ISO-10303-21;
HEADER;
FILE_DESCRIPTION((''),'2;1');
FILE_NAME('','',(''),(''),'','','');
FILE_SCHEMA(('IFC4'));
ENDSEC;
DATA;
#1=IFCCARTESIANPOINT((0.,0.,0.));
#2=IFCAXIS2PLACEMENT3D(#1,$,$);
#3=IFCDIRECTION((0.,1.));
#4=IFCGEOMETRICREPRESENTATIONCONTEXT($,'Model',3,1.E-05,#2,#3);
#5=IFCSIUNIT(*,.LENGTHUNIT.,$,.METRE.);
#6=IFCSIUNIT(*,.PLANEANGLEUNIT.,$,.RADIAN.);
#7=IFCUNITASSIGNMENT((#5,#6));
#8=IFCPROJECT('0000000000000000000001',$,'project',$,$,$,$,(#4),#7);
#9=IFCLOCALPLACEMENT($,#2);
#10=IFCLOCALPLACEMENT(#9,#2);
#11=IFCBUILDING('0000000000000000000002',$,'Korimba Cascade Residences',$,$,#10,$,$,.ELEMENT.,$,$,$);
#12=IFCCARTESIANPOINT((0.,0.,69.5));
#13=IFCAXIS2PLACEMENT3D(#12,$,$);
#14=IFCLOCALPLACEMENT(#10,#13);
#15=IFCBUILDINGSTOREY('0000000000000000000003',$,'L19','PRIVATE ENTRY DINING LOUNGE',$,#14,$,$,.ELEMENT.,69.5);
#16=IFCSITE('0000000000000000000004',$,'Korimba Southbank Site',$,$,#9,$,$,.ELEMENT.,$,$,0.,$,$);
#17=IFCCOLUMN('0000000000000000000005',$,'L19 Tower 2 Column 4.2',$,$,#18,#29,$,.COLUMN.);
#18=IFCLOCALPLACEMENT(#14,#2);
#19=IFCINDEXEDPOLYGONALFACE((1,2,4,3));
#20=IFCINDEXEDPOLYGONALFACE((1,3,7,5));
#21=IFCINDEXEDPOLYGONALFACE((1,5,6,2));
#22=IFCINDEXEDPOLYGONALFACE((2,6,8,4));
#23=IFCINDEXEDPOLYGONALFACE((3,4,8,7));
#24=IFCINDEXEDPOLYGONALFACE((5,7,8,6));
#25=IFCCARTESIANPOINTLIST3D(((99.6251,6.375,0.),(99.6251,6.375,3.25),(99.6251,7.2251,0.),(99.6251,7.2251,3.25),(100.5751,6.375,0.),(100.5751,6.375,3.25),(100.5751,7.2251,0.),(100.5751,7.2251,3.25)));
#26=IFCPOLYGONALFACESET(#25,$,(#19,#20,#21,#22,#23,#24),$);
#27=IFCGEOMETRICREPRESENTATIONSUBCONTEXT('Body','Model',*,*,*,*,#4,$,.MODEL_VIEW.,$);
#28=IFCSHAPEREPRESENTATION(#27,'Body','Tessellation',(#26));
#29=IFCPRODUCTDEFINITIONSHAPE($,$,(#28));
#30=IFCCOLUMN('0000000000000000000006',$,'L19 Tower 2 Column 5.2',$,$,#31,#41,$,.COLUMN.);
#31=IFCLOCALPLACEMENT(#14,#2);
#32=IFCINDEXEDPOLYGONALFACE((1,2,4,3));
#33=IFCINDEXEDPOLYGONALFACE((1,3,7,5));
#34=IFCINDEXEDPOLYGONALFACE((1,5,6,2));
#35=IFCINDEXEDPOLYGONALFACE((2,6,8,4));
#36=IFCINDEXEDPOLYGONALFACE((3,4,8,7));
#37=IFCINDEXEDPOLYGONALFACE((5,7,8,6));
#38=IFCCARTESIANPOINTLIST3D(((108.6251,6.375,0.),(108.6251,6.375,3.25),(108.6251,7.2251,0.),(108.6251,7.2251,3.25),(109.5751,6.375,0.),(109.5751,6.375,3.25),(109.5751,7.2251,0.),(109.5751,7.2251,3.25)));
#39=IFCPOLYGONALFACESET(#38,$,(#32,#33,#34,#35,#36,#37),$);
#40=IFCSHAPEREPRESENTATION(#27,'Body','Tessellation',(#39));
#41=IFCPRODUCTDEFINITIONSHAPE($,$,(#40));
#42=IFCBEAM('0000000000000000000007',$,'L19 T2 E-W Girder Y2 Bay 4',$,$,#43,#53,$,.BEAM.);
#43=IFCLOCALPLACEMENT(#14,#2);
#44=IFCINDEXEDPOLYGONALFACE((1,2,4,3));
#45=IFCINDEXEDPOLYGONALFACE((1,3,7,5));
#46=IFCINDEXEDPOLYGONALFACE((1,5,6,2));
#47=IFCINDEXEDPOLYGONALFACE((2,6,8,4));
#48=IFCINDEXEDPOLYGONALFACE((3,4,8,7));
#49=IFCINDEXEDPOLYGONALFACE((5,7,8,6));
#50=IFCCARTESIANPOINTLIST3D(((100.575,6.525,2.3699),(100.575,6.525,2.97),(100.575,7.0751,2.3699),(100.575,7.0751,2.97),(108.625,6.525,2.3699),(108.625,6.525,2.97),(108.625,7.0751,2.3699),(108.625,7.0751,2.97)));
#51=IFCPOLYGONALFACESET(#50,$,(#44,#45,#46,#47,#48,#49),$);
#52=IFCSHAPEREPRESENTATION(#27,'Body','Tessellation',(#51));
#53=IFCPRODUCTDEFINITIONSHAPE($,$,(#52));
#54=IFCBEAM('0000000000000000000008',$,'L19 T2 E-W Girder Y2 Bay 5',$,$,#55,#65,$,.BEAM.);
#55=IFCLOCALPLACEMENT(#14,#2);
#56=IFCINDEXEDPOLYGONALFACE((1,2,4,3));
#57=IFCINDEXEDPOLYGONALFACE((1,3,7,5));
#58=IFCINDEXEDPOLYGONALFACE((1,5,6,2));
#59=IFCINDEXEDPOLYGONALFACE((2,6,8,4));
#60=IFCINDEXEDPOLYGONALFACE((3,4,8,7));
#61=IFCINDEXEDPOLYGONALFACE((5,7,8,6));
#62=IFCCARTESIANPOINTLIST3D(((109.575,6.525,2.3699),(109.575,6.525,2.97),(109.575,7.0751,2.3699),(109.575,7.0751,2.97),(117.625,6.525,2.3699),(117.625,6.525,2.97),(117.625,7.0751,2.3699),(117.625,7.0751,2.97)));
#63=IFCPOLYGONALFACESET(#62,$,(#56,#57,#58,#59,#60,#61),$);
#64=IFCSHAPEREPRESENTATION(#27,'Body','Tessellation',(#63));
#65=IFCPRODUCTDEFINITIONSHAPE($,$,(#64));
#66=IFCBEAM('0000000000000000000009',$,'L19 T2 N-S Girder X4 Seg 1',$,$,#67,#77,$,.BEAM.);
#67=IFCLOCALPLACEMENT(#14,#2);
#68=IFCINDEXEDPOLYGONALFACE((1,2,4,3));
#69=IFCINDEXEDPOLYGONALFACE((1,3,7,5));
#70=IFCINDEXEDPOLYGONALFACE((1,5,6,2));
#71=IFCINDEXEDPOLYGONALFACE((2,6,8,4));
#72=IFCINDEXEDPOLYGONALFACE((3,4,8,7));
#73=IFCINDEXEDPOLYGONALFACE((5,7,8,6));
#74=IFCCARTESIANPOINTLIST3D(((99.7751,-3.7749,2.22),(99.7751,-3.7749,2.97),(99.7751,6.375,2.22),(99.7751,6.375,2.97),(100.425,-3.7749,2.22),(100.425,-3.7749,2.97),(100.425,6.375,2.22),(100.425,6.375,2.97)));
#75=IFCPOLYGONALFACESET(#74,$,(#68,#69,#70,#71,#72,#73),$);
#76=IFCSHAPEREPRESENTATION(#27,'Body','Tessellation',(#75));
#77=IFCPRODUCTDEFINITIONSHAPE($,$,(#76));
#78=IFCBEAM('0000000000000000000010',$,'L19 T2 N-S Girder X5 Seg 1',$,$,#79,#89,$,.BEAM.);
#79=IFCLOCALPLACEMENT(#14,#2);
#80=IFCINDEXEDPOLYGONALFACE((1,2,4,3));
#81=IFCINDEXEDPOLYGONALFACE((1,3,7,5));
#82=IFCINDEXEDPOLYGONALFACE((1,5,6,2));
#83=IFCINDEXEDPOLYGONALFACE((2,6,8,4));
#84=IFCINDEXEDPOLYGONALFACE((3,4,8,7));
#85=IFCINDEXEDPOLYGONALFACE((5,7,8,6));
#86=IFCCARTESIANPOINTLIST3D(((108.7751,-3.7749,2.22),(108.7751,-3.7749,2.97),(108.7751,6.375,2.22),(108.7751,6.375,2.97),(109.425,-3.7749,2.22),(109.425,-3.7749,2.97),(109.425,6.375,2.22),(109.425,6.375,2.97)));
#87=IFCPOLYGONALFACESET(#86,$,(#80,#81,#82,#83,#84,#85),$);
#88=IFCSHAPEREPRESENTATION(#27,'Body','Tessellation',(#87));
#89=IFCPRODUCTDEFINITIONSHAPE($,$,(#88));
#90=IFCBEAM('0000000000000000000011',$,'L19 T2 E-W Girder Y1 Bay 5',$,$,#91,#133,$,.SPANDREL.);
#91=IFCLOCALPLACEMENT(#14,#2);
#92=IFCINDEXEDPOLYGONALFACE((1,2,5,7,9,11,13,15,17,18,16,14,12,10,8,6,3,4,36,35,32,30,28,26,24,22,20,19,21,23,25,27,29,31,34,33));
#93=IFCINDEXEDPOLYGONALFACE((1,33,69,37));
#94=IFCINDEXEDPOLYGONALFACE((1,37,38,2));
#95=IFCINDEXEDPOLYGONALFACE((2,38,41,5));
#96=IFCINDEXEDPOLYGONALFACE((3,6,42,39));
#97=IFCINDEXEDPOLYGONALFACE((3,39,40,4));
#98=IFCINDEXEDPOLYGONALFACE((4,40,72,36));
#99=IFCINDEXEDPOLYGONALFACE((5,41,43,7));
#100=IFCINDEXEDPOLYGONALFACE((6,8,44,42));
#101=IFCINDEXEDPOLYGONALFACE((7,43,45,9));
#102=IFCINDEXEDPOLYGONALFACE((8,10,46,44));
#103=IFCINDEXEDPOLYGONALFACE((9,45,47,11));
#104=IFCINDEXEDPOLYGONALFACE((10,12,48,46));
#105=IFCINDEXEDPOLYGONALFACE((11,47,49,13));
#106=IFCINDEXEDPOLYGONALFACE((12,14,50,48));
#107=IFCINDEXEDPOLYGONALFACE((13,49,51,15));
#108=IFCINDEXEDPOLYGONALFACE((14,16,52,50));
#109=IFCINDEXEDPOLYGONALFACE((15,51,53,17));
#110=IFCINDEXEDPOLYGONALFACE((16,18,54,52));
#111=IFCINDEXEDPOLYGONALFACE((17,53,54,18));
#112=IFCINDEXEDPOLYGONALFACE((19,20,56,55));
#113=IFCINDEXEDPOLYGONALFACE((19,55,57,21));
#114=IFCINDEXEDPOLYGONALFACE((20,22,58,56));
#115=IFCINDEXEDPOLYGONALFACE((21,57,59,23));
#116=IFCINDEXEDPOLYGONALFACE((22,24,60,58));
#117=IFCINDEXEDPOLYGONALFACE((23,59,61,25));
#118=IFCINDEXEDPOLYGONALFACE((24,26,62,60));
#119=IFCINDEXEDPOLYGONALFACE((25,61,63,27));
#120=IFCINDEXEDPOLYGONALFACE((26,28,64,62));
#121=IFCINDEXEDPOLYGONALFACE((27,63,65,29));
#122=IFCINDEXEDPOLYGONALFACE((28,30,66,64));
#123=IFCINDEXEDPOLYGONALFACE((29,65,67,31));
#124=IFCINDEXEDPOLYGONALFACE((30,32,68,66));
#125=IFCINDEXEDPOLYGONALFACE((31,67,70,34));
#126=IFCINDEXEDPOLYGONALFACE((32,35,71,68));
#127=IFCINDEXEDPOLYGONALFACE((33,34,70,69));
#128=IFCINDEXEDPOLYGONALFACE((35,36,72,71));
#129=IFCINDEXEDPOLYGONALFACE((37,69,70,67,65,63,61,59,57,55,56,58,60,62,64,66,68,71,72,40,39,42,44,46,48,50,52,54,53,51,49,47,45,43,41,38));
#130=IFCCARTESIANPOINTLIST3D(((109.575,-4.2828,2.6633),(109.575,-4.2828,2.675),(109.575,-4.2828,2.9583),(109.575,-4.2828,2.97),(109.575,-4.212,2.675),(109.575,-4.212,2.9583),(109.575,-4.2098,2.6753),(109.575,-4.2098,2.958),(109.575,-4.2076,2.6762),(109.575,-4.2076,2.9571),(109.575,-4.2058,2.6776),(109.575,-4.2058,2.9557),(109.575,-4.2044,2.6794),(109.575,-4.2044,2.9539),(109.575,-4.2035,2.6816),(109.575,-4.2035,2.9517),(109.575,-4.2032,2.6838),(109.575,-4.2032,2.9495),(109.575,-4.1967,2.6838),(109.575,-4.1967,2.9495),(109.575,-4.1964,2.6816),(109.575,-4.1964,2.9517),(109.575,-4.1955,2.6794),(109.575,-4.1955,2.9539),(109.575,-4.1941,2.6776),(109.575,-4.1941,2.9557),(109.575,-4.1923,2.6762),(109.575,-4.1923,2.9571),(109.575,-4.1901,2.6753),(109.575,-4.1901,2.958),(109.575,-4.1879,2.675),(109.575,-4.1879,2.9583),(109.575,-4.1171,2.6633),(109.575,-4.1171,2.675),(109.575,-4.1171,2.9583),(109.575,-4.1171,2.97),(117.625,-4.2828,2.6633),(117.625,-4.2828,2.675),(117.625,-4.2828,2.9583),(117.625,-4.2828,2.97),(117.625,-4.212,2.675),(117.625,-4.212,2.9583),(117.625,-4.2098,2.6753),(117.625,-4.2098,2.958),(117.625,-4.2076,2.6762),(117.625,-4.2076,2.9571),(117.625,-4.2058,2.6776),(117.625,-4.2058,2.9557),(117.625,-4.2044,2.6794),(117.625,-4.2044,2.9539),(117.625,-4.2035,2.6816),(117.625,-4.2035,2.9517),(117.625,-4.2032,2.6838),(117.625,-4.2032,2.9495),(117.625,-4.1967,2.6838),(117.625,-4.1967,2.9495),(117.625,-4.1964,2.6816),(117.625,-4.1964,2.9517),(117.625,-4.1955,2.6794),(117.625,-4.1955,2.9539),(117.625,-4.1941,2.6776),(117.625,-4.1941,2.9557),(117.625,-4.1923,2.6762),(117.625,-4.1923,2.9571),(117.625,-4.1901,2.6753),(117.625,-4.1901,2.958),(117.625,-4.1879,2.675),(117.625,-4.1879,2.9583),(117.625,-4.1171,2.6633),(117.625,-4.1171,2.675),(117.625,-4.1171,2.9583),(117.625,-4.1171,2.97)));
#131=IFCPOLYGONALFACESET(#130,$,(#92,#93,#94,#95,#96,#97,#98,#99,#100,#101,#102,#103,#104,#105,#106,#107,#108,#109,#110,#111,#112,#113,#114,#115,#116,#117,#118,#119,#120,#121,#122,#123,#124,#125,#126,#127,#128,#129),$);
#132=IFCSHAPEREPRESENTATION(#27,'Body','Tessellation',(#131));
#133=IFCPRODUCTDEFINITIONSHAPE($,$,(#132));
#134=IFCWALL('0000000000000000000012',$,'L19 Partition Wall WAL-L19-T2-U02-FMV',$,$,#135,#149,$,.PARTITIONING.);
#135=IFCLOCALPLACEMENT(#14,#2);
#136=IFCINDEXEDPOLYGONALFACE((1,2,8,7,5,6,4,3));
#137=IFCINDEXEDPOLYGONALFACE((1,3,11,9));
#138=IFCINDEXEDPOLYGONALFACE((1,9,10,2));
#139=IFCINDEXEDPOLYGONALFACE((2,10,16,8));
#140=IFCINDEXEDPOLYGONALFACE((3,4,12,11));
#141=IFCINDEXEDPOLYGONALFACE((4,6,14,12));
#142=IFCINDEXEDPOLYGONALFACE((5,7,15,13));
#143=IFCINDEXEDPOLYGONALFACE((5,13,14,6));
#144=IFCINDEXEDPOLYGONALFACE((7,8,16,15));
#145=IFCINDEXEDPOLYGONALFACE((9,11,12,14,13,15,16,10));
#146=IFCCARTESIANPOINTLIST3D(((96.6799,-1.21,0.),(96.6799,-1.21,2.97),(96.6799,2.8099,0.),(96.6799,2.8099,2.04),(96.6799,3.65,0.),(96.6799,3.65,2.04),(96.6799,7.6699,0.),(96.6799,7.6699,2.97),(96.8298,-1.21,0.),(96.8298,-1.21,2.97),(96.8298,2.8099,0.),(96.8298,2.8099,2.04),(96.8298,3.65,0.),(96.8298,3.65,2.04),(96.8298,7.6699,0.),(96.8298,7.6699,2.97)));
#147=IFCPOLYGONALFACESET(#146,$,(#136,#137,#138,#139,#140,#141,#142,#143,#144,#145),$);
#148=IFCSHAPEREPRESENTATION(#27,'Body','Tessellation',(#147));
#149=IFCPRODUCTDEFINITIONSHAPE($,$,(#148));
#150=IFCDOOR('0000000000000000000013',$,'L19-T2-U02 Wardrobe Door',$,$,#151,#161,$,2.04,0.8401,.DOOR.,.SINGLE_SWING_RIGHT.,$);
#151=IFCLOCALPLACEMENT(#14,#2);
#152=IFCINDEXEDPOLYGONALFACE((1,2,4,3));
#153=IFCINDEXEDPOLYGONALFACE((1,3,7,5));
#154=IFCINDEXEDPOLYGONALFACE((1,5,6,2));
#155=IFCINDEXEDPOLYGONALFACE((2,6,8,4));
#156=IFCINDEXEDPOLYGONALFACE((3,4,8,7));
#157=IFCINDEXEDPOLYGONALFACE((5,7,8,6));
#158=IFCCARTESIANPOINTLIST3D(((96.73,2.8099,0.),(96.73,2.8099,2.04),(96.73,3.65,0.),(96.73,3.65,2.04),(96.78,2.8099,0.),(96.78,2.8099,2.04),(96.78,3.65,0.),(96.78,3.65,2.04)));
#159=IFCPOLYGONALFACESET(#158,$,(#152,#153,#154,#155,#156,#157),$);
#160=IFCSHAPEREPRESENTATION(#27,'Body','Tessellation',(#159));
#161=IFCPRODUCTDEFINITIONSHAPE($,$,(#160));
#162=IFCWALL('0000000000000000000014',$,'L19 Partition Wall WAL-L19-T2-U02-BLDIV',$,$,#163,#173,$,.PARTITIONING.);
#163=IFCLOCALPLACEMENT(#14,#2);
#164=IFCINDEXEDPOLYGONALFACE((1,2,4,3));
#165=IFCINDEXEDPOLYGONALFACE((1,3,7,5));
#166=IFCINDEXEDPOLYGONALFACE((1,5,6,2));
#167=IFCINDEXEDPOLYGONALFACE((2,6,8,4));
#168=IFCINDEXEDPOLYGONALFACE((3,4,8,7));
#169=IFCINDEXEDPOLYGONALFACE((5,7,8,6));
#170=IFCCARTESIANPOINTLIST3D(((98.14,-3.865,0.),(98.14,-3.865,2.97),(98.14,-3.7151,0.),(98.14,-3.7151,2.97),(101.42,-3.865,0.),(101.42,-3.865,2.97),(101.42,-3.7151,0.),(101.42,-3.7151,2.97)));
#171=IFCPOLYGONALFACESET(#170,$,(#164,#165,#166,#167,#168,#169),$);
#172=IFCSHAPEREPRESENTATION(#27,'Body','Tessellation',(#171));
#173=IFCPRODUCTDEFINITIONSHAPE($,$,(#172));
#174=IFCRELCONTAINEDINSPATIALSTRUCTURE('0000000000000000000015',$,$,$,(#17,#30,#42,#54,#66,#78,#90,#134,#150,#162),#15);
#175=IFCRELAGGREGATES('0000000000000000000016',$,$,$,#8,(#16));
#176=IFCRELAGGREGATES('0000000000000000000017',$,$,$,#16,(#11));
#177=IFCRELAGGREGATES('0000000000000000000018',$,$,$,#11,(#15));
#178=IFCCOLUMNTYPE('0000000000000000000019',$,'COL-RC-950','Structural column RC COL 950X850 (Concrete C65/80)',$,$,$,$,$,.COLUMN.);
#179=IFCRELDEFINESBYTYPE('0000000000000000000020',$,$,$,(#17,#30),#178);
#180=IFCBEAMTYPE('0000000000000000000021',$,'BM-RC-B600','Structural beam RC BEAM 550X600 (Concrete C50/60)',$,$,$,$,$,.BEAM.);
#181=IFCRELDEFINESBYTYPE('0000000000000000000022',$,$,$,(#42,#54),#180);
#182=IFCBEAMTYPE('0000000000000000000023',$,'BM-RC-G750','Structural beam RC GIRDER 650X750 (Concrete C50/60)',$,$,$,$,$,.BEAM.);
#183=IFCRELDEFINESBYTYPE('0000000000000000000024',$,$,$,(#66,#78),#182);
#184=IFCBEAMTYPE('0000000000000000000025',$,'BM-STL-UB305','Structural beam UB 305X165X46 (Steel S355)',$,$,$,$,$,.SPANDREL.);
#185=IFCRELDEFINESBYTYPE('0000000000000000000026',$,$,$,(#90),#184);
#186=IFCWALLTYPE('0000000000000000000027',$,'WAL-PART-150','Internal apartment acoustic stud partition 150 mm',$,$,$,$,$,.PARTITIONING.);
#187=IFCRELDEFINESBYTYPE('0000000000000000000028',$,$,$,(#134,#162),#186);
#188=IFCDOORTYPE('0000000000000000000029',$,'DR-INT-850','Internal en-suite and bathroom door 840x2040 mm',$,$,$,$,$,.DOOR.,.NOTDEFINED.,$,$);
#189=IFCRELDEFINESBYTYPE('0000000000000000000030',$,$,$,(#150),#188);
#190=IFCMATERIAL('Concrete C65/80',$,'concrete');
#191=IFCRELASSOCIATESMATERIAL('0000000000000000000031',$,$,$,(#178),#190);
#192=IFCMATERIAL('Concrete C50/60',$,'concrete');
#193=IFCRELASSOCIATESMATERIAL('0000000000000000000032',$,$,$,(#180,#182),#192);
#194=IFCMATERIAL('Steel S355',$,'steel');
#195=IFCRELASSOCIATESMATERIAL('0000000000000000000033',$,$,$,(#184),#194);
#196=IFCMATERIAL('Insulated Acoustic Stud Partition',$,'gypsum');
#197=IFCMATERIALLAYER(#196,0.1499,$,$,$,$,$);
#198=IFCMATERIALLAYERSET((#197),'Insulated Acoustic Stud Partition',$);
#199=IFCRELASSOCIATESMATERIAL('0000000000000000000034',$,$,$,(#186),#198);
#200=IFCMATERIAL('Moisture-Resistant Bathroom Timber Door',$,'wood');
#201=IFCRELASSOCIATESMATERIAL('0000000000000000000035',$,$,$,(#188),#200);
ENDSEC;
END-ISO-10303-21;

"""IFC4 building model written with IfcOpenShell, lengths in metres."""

from ifc_helpers import new_model, si_unit, direction, frame, frame_2d, origin, origin_2d, place, context, subcontext, project, spatial, rectangle, i_section, extrude, material, layer, layer_set, material_profile, profile_set, type_object, element, fill, save


model = new_model("IFC4")

# Units and contexts
model_context = context("Model", 3, precision=1e-05, world=origin(), true_north=direction((0.0, 1.0)))
body_context = subcontext(model_context, "Body", "Model", "MODEL_VIEW")
ifc_project = project(units=[si_unit("LENGTHUNIT", "METRE"), si_unit("PLANEANGLEUNIT", "RADIAN")], contexts=[model_context])

# Site, building, storey
site_placement = place(None, origin())
site = spatial("IfcSite", under=ifc_project, at=site_placement, Name="Korimba Southbank Site", CompositionType="ELEMENT", RefElevation=0.0)
building_placement = place(site_placement, origin())
building = spatial("IfcBuilding", under=site, at=building_placement, Name="Korimba Cascade Residences", CompositionType="ELEMENT")
storey_placement = place(building_placement, frame((0.0, 0.0, 69.5)))
storey = spatial("IfcBuildingStorey", under=building, at=storey_placement, Name="L19", Description="PRIVATE ENTRY DINING LOUNGE", CompositionType="ELEMENT", Elevation=69.5)

# Columns
ifc_material_1 = material(Name="Concrete C65/80", Category="concrete")
ifc_material_profile_1 = material_profile(ifc_material_1, rectangle(XDim=0.95, YDim=0.8501, at=origin_2d()), Name="Concrete C65/80")
ifc_profile_set_1 = profile_set([ifc_material_profile_1], Name="Concrete C65/80")
column_type = type_object("IfcColumnType", Name="COL-RC-950", Description="Structural column RC COL 950X850 (Concrete C65/80)", PredefinedType="COLUMN", material=ifc_profile_set_1)
for number, where, z_axis, x_axis, name in (
    (1, (100.1001, 6.8, 0.0), (0.0, 0.0, 1.0), (1.0, 0.0, 0.0), "L19 Tower 2 Column 4.2"),
    (2, (109.1001, 6.8, 0.0), (0.0, 0.0, 1.0), (1.0, 0.0, 0.0), "L19 Tower 2 Column 5.2"),
):
    element("IfcColumn", number, at=place(storey_placement, frame(where, z_axis=z_axis, x_axis=x_axis)), inside=storey, type_object=column_type, Name=name, PredefinedType="COLUMN", context=body_context, shape_type="SweptSolid", body=[
        extrude(rectangle(XDim=0.95, YDim=0.8501, at=origin_2d()), origin(), (0.0, 0.0, 1.0), 3.25),
    ])

# Beams
ifc_material_2 = material(Name="Concrete C50/60", Category="concrete")
ifc_material_profile_2 = material_profile(ifc_material_2, rectangle(XDim=0.55, YDim=0.6001, at=origin_2d()), Name="Concrete C50/60")
ifc_profile_set_2 = profile_set([ifc_material_profile_2], Name="Concrete C50/60")
beam_type_1 = type_object("IfcBeamType", Name="BM-RC-B600", Description="Structural beam RC BEAM 550X600 (Concrete C50/60)", PredefinedType="BEAM", material=ifc_profile_set_2)
for number, where, z_axis, x_axis, name in (
    (3, (100.575, 6.8, 2.6699), (1.0, 0.0, 0.0), (0.0, 1.0, 0.0), "L19 T2 E-W Girder Y2 Bay 4"),
    (4, (109.575, 6.8, 2.6699), (1.0, 0.0, 0.0), (0.0, 1.0, 0.0), "L19 T2 E-W Girder Y2 Bay 5"),
):
    element("IfcBeam", number, at=place(storey_placement, frame(where, z_axis=z_axis, x_axis=x_axis)), inside=storey, type_object=beam_type_1, Name=name, PredefinedType="BEAM", context=body_context, shape_type="SweptSolid", body=[
        extrude(rectangle(XDim=0.55, YDim=0.6001, at=origin_2d()), origin(), (0.0, 0.0, 1.0), 8.05),
    ])
ifc_material_profile_3 = material_profile(ifc_material_2, rectangle(XDim=0.6499, YDim=0.75, at=origin_2d()), Name="Concrete C50/60")
ifc_profile_set_3 = profile_set([ifc_material_profile_3], Name="Concrete C50/60")
beam_type_2 = type_object("IfcBeamType", Name="BM-RC-G750", Description="Structural beam RC GIRDER 650X750 (Concrete C50/60)", PredefinedType="BEAM", material=ifc_profile_set_3)
for number, where, z_axis, x_axis, name in (
    (5, (100.1001, -3.7749, 2.595), (0.0, 1.0, 0.0), (-1.0, 0.0, 0.0), "L19 T2 N-S Girder X4 Seg 1"),
    (6, (109.1001, -3.7749, 2.595), (0.0, 1.0, 0.0), (-1.0, 0.0, 0.0), "L19 T2 N-S Girder X5 Seg 1"),
):
    element("IfcBeam", number, at=place(storey_placement, frame(where, z_axis=z_axis, x_axis=x_axis)), inside=storey, type_object=beam_type_2, Name=name, PredefinedType="BEAM", context=body_context, shape_type="SweptSolid", body=[
        extrude(rectangle(XDim=0.6499, YDim=0.75, at=origin_2d()), origin(), (0.0, 0.0, 1.0), 10.1499),
    ])
ifc_material_3 = material(Name="Steel S355", Category="steel")
ifc_material_profile_4 = material_profile(ifc_material_3, i_section(OverallWidth=0.1658, OverallDepth=0.3066, WebThickness=0.0066, FlangeThickness=0.0117, FilletRadius=0.0088, at=origin_2d()), Name="Steel S355")
ifc_profile_set_4 = profile_set([ifc_material_profile_4], Name="Steel S355")
beam_type_3 = type_object("IfcBeamType", Name="BM-STL-UB305", Description="Structural beam UB 305X165X46 (Steel S355)", PredefinedType="SPANDREL", material=ifc_profile_set_4)
beam_placement = place(storey_placement, frame((109.575, -4.2, 2.8167), z_axis=(1.0, 0.0, 0.0), x_axis=(0.0, 1.0, 0.0)))
element("IfcBeam", 7, at=beam_placement, inside=storey, type_object=beam_type_3, Name="L19 T2 E-W Girder Y1 Bay 5", PredefinedType="SPANDREL", context=body_context, shape_type="SweptSolid", body=[
    extrude(i_section(OverallWidth=0.1658, OverallDepth=0.3066, WebThickness=0.0066, FlangeThickness=0.0117, FilletRadius=0.0088, at=origin_2d()), origin(), (0.0, 0.0, 1.0), 8.05),
])

# Wall, opening, door
ifc_material_4 = material(Name="Insulated Acoustic Stud Partition", Category="gypsum")
ifc_layer = layer(ifc_material_4, 0.1499)
ifc_layer_set = layer_set([ifc_layer], Name="Insulated Acoustic Stud Partition")
wall_type = type_object("IfcWallType", Name="WAL-PART-150", Description="Internal apartment acoustic stud partition 150 mm", PredefinedType="PARTITIONING", material=ifc_layer_set)
wall_1_placement = place(storey_placement, frame((96.7549, -1.21, 0.0), z_axis=(0.0, 0.0, 1.0), x_axis=(0.0, 1.0, 0.0)))
wall_1 = element("IfcWall", 8, at=wall_1_placement, inside=storey, type_object=wall_type, Name="L19 Partition Wall WAL-L19-T2-U02-FMV", PredefinedType="PARTITIONING", context=body_context, shape_type="SweptSolid", body=[
    extrude(rectangle(XDim=8.8799, YDim=0.1499, at=frame_2d((4.4399, 0.0))), origin(), (0.0, 0.0, 1.0), 2.97),
])
opening_1_placement = place(wall_1_placement, frame((4.02, 0.0, 0.0)))
opening_1 = element("IfcOpeningElement", 9, at=opening_1_placement, cuts=wall_1, PredefinedType="OPENING", context=body_context, shape_type="SweptSolid", body=[
    extrude(rectangle(XDim=0.8401, YDim=2.04, at=frame_2d((0.4199, 1.02))), frame((0.0, 0.085, 0.0), z_axis=(0.0, -1.0, 0.0), x_axis=(1.0, 0.0, 0.0)), (0.0, 0.0, 1.0), 0.1699),
])
ifc_material_5 = material(Name="Moisture-Resistant Bathroom Timber Door", Category="wood")
door_type_1 = type_object("IfcDoorType", Name="DR-INT-850", Description="Internal en-suite and bathroom door 840x2040 mm", OperationType="NOTDEFINED", PredefinedType="DOOR", material=ifc_material_5)
door_1_placement = place(opening_1_placement, origin())
door_1 = element("IfcDoor", 10, at=door_1_placement, inside=storey, type_object=door_type_1, Name="L19-T2-U02 Wardrobe Door", OperationType="SINGLE_SWING_RIGHT", OverallHeight=2.04, OverallWidth=0.8401, PredefinedType="DOOR", context=body_context, shape_type="SweptSolid", body=[
    extrude(rectangle(XDim=0.8401, YDim=2.04, at=frame_2d((0.4199, 1.02))), frame((0.0, 0.0249, 0.0), z_axis=(0.0, -1.0, 0.0), x_axis=(1.0, 0.0, 0.0)), (0.0, 0.0, 1.0), 0.05),
])
fill(opening_1, door_1)

# Wall
wall_2_placement = place(storey_placement, frame((98.1399, -3.79, 0.0), z_axis=(0.0, 0.0, 1.0), x_axis=(1.0, 0.0, 0.0)))
element("IfcWall", 11, at=wall_2_placement, inside=storey, type_object=wall_type, Name="L19 Partition Wall WAL-L19-T2-U02-BLDIV", PredefinedType="PARTITIONING", context=body_context, shape_type="SweptSolid", body=[
    extrude(rectangle(XDim=3.28, YDim=0.1499, at=frame_2d((1.6401, 0.0))), origin(), (0.0, 0.0, 1.0), 2.97),
])

save(model, "model.ifc")
